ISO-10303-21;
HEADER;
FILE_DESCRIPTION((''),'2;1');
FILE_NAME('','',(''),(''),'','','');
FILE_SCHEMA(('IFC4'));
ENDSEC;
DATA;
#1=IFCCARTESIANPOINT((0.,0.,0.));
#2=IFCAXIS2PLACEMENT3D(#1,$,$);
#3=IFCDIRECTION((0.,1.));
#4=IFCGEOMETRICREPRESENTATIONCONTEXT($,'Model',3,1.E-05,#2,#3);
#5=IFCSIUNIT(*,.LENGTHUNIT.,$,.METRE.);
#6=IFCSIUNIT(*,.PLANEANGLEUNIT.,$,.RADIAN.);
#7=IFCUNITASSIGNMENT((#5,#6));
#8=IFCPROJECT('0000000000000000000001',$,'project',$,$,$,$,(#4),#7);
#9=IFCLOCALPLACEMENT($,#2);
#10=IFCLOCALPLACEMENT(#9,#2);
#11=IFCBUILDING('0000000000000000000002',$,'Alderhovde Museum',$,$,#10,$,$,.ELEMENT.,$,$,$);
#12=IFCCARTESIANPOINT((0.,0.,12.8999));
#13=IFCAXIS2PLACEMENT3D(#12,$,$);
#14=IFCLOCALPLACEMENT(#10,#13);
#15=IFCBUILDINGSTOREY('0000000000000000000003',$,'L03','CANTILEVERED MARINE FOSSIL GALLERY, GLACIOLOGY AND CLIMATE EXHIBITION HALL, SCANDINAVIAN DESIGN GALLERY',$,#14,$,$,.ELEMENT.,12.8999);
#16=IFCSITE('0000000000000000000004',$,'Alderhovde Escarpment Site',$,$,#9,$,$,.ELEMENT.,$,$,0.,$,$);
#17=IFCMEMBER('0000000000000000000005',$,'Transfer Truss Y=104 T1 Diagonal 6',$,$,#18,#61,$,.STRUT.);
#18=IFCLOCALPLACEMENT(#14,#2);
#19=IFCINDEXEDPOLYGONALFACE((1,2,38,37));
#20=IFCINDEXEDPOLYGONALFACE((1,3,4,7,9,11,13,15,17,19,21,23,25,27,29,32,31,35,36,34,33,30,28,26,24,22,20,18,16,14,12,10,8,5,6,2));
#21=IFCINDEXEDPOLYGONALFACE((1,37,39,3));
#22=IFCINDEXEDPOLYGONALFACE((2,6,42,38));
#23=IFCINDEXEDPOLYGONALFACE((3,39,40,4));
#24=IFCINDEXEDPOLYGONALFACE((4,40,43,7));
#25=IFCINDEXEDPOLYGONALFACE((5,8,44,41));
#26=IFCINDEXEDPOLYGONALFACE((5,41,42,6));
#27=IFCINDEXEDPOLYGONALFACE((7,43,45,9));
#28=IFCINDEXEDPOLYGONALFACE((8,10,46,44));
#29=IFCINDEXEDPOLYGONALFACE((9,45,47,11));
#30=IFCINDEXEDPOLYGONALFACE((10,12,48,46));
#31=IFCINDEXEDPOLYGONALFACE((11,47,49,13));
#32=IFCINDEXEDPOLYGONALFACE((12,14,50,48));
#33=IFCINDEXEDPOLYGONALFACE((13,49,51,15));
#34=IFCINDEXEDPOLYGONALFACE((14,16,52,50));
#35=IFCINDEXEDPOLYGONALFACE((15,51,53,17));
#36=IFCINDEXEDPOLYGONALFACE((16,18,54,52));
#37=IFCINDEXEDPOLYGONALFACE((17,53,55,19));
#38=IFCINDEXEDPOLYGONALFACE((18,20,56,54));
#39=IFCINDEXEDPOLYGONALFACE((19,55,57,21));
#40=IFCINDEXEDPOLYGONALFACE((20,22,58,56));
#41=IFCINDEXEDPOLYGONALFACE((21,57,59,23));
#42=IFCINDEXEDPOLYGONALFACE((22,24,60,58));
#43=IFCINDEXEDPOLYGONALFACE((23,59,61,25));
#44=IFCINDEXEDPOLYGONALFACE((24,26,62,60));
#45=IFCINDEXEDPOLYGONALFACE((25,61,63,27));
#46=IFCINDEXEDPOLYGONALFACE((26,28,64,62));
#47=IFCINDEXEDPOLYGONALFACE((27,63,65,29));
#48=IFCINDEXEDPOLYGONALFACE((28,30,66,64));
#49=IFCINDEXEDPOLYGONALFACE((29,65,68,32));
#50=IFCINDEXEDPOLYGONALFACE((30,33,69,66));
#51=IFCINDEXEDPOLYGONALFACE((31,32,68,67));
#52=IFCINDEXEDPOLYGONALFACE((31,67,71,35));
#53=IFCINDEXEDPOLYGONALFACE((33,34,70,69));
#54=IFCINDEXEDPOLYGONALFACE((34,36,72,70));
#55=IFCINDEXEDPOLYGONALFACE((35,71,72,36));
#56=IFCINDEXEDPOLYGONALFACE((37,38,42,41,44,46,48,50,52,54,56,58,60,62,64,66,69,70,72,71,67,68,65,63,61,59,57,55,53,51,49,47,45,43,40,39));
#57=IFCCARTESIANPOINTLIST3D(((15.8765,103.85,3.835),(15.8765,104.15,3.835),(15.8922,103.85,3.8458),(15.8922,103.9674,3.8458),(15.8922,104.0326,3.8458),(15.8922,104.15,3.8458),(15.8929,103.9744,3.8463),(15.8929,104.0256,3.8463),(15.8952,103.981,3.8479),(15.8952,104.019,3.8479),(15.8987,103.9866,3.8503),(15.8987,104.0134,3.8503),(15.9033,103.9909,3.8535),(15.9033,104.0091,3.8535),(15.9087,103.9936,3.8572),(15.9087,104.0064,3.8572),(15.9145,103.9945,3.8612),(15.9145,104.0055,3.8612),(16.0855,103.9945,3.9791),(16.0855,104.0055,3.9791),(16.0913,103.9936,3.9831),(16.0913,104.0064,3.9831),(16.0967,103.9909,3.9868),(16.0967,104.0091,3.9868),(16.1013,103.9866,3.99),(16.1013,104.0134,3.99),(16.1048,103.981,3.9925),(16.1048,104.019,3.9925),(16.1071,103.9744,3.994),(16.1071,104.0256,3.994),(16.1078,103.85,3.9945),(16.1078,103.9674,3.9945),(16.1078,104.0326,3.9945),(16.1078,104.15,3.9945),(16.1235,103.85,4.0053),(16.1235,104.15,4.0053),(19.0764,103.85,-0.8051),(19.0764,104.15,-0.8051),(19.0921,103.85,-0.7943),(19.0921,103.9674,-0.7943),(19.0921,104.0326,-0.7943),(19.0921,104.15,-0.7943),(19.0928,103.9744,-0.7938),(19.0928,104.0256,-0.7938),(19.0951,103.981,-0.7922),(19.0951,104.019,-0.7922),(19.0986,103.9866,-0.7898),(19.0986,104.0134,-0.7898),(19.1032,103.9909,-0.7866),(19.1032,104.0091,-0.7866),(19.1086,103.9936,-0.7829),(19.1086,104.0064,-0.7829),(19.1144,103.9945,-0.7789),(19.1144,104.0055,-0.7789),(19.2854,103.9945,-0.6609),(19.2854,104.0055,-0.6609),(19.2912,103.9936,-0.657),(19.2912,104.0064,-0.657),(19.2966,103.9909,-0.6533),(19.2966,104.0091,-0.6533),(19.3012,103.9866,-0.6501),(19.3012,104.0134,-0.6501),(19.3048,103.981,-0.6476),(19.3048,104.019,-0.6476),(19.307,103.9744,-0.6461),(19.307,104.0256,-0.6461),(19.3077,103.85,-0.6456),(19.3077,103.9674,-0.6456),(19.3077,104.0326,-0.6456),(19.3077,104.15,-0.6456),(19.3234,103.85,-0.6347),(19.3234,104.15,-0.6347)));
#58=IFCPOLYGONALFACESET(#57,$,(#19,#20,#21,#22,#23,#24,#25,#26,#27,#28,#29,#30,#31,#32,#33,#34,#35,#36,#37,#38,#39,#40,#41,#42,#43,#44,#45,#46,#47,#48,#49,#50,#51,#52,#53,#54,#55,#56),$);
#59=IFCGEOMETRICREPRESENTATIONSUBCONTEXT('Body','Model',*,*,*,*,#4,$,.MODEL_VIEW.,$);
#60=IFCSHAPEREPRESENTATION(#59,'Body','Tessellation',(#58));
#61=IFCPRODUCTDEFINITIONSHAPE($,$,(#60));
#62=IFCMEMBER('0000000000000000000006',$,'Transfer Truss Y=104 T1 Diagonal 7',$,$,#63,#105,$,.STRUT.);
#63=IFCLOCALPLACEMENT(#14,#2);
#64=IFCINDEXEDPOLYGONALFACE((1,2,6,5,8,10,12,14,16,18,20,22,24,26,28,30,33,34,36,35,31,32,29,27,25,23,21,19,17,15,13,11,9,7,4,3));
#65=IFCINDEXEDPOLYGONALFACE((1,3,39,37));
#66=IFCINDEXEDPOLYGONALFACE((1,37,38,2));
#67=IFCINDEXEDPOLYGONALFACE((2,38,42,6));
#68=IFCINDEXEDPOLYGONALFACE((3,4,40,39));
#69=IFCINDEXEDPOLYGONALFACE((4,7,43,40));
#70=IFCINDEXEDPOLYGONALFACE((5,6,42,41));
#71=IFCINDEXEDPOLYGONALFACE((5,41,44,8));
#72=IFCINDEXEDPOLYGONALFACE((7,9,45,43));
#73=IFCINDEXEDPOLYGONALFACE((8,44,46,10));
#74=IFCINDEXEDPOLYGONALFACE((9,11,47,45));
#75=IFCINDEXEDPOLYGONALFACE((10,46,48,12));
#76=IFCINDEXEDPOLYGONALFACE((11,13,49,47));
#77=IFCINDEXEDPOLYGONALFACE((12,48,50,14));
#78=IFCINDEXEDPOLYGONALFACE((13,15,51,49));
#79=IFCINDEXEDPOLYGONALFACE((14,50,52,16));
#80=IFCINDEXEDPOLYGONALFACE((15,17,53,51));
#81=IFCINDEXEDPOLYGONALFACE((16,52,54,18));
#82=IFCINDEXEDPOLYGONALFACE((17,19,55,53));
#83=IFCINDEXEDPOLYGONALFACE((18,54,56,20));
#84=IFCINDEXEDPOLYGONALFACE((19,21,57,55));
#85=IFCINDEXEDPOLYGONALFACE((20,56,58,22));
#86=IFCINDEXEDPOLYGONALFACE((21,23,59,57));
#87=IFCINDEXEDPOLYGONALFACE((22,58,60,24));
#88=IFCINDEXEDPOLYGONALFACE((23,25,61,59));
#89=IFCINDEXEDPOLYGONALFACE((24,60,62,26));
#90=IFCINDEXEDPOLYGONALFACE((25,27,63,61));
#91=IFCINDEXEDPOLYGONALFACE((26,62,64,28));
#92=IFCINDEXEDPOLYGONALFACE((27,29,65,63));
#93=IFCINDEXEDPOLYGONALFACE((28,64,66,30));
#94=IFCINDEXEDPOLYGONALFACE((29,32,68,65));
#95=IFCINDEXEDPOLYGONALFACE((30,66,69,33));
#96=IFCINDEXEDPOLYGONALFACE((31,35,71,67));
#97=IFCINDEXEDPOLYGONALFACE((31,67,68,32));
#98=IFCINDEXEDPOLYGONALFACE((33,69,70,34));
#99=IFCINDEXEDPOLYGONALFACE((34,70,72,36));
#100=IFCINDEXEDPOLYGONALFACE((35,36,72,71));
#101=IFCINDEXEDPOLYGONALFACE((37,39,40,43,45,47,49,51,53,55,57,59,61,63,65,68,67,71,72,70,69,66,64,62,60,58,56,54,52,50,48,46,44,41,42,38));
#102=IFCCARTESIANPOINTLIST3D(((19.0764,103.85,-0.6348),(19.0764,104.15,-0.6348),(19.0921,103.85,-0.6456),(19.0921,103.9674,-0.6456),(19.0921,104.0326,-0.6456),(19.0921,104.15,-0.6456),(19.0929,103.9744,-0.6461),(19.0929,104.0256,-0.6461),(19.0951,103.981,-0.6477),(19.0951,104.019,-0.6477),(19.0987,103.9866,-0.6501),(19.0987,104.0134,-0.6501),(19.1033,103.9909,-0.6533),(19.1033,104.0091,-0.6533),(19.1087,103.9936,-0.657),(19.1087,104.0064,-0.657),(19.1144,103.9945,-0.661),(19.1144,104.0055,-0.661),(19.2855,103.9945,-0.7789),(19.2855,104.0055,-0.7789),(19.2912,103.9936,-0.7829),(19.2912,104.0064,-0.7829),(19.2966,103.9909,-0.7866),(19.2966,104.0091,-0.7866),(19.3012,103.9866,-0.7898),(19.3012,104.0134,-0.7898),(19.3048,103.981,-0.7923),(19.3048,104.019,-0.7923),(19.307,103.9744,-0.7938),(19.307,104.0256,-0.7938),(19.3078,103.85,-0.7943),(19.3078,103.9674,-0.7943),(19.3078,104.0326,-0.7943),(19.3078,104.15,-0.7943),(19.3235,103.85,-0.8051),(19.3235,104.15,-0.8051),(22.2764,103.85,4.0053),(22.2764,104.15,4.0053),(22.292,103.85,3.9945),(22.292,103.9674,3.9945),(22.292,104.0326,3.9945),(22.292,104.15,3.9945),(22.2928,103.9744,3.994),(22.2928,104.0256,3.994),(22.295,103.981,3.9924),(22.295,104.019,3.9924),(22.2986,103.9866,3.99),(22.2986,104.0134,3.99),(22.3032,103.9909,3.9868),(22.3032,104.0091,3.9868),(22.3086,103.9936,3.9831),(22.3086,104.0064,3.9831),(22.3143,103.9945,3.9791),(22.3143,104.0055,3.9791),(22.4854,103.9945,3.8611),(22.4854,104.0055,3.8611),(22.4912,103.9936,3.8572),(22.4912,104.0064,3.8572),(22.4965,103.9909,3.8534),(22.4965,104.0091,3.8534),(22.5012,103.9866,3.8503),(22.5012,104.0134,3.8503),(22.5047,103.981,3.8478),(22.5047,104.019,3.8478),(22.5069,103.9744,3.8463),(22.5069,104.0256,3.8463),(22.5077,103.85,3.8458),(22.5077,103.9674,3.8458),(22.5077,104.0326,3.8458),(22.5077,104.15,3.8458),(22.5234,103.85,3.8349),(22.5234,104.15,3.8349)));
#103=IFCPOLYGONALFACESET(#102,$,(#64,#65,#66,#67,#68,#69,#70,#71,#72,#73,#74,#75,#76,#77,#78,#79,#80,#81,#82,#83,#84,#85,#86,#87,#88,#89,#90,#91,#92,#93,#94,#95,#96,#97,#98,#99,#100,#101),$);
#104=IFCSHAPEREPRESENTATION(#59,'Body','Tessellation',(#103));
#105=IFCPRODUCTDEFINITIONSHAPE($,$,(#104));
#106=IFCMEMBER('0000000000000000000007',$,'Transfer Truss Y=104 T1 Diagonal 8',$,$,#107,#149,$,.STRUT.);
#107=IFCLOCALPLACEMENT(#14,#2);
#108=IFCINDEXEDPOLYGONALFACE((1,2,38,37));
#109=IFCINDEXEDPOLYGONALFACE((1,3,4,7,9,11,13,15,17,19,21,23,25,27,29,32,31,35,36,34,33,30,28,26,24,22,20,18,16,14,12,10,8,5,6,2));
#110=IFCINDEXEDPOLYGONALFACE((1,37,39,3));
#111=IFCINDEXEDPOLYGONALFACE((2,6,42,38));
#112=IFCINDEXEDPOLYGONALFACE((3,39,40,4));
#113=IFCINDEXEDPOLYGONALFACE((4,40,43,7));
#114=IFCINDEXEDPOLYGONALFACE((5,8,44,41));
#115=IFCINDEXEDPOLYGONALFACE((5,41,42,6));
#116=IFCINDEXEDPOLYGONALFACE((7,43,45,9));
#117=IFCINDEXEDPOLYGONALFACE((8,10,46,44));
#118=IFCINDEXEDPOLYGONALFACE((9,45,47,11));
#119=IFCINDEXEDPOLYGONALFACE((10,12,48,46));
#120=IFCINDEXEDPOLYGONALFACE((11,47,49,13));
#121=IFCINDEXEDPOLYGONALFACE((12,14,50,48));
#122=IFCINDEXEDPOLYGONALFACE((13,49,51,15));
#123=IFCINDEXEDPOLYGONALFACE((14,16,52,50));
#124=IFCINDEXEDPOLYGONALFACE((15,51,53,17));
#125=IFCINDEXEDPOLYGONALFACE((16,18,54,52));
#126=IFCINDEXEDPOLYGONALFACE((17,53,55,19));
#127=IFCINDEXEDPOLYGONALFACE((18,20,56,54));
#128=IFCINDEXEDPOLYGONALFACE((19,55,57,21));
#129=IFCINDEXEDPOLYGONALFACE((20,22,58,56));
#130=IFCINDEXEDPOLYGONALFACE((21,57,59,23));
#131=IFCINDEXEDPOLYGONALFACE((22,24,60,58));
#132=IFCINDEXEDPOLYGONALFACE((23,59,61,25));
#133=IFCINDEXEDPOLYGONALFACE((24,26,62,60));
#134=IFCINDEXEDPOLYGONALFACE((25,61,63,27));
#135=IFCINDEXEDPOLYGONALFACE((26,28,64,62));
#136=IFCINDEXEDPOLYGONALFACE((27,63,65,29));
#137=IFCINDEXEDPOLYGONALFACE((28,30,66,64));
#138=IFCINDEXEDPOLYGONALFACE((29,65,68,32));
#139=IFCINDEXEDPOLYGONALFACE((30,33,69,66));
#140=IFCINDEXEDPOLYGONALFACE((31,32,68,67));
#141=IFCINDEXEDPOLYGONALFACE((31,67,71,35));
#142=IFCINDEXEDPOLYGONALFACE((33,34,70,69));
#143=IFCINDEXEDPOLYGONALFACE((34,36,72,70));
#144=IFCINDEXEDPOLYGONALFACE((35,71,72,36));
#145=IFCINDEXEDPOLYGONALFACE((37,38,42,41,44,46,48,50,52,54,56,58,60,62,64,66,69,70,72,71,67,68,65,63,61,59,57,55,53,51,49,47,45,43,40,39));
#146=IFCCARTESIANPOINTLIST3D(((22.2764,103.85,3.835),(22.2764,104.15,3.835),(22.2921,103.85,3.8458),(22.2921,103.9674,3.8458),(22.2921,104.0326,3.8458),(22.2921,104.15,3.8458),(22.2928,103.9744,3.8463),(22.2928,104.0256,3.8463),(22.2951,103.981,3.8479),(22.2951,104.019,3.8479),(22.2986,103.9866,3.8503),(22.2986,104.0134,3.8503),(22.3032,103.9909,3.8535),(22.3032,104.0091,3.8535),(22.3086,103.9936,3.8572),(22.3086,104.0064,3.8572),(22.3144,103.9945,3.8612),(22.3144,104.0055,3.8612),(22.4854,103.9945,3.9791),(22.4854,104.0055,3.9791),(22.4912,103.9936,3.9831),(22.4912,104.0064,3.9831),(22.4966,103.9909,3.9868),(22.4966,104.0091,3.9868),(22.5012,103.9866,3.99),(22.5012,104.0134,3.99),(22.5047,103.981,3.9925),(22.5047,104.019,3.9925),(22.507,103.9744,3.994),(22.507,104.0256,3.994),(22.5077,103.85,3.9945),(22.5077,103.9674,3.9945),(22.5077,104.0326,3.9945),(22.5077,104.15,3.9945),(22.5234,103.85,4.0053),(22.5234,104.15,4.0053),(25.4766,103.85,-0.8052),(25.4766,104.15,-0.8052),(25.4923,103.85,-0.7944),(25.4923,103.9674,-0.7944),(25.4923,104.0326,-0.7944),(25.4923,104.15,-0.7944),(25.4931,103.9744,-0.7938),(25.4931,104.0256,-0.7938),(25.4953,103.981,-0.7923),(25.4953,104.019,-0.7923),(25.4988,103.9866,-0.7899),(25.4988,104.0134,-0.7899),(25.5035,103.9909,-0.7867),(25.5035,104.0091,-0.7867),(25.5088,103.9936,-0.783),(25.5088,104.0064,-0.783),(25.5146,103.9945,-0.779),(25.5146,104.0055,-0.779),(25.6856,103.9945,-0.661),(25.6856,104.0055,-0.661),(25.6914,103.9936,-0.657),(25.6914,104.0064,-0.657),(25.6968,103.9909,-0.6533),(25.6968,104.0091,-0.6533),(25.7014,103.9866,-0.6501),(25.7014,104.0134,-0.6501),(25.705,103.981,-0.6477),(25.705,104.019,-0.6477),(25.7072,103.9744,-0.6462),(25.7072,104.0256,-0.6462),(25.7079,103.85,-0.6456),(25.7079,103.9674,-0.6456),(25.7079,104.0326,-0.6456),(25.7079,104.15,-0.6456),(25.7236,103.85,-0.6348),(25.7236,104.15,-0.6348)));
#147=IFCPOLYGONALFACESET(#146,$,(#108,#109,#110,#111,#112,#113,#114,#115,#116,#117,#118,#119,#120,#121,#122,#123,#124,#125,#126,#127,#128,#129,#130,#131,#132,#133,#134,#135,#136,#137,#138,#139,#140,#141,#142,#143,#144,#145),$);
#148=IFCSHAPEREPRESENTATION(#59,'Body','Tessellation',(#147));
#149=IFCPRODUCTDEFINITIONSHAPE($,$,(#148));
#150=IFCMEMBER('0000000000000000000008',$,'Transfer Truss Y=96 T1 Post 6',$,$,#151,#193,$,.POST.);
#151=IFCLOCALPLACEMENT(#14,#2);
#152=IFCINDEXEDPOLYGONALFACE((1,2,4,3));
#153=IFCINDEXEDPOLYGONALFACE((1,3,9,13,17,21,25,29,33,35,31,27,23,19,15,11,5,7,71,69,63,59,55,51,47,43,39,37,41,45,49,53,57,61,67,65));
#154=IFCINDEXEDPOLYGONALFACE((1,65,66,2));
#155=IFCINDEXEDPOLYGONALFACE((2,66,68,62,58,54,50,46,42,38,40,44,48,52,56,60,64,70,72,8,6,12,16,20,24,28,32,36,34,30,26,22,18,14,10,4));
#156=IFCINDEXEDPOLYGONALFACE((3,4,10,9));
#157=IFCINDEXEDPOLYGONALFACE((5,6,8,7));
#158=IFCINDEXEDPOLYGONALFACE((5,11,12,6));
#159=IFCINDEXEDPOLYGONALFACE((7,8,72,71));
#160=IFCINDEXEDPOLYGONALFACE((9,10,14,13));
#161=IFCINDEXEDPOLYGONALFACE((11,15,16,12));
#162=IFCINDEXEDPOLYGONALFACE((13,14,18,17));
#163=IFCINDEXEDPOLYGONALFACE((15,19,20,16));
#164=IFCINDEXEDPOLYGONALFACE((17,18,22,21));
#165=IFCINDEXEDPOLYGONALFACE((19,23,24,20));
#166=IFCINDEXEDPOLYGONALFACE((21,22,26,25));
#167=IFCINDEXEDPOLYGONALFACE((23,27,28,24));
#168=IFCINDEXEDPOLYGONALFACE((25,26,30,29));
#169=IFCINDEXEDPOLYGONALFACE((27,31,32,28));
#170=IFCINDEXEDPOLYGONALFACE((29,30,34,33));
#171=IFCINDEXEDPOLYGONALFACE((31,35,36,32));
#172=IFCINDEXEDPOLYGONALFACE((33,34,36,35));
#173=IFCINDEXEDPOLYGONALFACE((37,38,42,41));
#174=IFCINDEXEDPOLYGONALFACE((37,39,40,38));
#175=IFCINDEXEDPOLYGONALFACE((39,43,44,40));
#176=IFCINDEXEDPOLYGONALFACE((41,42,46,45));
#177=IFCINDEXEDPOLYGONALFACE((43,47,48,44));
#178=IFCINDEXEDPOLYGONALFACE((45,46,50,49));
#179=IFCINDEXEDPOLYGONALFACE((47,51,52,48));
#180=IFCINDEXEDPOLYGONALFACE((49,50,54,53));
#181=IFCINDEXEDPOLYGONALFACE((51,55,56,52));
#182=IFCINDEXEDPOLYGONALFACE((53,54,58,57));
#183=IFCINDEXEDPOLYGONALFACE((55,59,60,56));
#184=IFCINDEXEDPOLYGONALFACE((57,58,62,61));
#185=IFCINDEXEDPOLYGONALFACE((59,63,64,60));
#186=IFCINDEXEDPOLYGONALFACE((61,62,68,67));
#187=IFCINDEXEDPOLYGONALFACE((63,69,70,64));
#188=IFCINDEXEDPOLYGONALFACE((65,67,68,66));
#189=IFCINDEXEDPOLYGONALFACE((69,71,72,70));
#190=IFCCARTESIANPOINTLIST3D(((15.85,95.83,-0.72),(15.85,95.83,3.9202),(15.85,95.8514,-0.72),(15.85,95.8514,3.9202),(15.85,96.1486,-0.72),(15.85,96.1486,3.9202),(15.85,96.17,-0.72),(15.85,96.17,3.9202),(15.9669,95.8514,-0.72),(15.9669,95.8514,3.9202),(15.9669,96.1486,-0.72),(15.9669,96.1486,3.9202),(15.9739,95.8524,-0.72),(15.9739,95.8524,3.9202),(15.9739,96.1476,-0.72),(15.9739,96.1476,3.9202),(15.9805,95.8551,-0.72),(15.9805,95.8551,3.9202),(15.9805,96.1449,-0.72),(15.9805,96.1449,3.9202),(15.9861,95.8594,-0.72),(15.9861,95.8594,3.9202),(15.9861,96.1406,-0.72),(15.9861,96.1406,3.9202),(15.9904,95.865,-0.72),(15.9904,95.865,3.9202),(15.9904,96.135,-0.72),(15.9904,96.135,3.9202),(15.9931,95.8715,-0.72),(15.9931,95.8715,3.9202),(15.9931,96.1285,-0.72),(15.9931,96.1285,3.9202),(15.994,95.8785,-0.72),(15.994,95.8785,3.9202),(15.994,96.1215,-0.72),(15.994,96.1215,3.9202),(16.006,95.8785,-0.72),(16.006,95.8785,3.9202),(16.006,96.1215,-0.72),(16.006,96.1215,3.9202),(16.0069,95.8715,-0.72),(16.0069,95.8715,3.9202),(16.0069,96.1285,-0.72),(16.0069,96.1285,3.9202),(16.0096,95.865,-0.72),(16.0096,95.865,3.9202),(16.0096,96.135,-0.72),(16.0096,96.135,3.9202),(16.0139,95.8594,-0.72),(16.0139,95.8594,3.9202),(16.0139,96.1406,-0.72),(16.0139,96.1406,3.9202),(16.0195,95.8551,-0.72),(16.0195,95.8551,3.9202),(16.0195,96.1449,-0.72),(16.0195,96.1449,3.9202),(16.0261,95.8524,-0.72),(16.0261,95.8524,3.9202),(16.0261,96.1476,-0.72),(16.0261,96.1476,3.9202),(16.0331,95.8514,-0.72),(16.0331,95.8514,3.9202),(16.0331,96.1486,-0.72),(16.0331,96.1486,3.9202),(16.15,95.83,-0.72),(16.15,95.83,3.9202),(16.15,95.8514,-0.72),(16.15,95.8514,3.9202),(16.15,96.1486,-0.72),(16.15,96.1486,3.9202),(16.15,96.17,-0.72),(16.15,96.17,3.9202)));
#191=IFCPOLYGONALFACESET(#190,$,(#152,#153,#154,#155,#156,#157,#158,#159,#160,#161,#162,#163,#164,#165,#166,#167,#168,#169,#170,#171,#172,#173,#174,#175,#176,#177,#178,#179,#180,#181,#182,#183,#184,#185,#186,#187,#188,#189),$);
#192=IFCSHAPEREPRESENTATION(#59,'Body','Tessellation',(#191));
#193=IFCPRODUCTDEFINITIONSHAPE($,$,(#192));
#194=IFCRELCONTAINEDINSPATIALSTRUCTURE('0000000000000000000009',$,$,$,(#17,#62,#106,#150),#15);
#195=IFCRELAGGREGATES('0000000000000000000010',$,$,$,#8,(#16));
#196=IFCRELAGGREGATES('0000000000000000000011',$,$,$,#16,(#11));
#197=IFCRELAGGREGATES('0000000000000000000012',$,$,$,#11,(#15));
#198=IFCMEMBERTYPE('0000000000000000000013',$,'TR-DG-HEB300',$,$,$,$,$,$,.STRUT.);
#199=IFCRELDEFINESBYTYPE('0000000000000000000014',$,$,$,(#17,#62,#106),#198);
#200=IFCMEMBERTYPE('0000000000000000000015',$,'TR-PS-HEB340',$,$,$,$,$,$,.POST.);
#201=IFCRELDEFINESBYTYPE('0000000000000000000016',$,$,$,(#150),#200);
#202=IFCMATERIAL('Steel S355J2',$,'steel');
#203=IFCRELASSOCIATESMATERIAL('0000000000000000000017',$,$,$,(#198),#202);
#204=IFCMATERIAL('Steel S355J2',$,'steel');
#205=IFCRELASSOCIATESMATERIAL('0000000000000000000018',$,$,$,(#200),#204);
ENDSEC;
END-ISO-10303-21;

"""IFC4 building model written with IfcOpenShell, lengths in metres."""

from ifc_helpers import new_model, si_unit, direction, frame, origin, origin_2d, place, context, subcontext, project, spatial, i_section, extrude, material, material_profile, profile_set, type_object, element, save


model = new_model("IFC4")

# Units and contexts
model_context = context("Model", 3, precision=1e-05, world=origin(), true_north=direction((0.0, 1.0)))
body_context = subcontext(model_context, "Body", "Model", "MODEL_VIEW")
ifc_project = project(units=[si_unit("LENGTHUNIT", "METRE"), si_unit("PLANEANGLEUNIT", "RADIAN")], contexts=[model_context])

# Site, building, storey
site_placement = place(None, origin())
site = spatial("IfcSite", under=ifc_project, at=site_placement, Name="Alderhovde Escarpment Site", CompositionType="ELEMENT", RefElevation=0.0)
building_placement = place(site_placement, origin())
building = spatial("IfcBuilding", under=site, at=building_placement, Name="Alderhovde Museum", CompositionType="ELEMENT")
storey_placement = place(building_placement, frame((0.0, 0.0, 12.8999)))
storey = spatial("IfcBuildingStorey", under=building, at=storey_placement, Name="L03", Description="CANTILEVERED MARINE FOSSIL GALLERY, GLACIOLOGY AND CLIMATE EXHIBITION HALL, SCANDINAVIAN DESIGN GALLERY", CompositionType="ELEMENT", Elevation=12.8999)

# Members
ifc_material_1 = material(Name="Steel S355J2", Category="steel")
ifc_material_profile_1 = material_profile(ifc_material_1, i_section(OverallWidth=0.3, OverallDepth=0.3, WebThickness=0.011, FlangeThickness=0.019, FilletRadius=0.0271, at=origin_2d()), Name="HEB 300")
ifc_profile_set_1 = profile_set([ifc_material_profile_1], Name="Steel S355J2")
member_type_1 = type_object("IfcMemberType", Name="TR-DG-HEB300", PredefinedType="STRUT", material=ifc_profile_set_1)
for number, where, z_axis, x_axis, name in (
    (1, (16.0, 104.0, 3.9202), (0.567716, 0.0, -0.823225), (0.0, 1.0, 0.0), "Transfer Truss Y=104 T1 Diagonal 6"),
    (2, (19.2, 104.0, -0.72), (0.567716, 0.0, 0.823225), (0.0, 1.0, 0.0), "Transfer Truss Y=104 T1 Diagonal 7"),
):
    element("IfcMember", number, at=place(storey_placement, frame(where, z_axis=z_axis, x_axis=x_axis)), inside=storey, type_object=member_type_1, Name=name, PredefinedType="STRUT", context=body_context, shape_type="SweptSolid", body=[
        extrude(i_section(OverallWidth=0.3, OverallDepth=0.3, WebThickness=0.011, FlangeThickness=0.019, FilletRadius=0.0271, at=origin_2d()), origin(), (0.0, 0.0, 1.0), 5.6365),
    ])
member_1_placement = place(storey_placement, frame((22.3999, 104.0, 3.9202), z_axis=(0.567745, 0.0, -0.823204), x_axis=(0.0, 1.0, 0.0)))
element("IfcMember", 3, at=member_1_placement, inside=storey, type_object=member_type_1, Name="Transfer Truss Y=104 T1 Diagonal 8", PredefinedType="STRUT", context=body_context, shape_type="SweptSolid", body=[
    extrude(i_section(OverallWidth=0.3, OverallDepth=0.3, WebThickness=0.011, FlangeThickness=0.019, FilletRadius=0.0271, at=origin_2d()), origin(), (0.0, 0.0, 1.0), 5.6367),
])
ifc_material_2 = material(Name="Steel S355J2", Category="steel")
ifc_material_profile_2 = material_profile(ifc_material_2, i_section(OverallWidth=0.3, OverallDepth=0.3401, WebThickness=0.012, FlangeThickness=0.0215, FilletRadius=0.0271, at=origin_2d()), Name="HEB 340")
ifc_profile_set_2 = profile_set([ifc_material_profile_2], Name="Steel S355J2")
member_type_2 = type_object("IfcMemberType", Name="TR-PS-HEB340", PredefinedType="POST", material=ifc_profile_set_2)
for number, where, z_axis, x_axis, name in (
    (4, (16.0, 96.0, -0.72), (0.0, 0.0, 1.0), (1.0, 0.0, 0.0), "Transfer Truss Y=96 T1 Post 6"),
):
    element("IfcMember", number, at=place(storey_placement, frame(where, z_axis=z_axis, x_axis=x_axis)), inside=storey, type_object=member_type_2, Name=name, PredefinedType="POST", context=body_context, shape_type="SweptSolid", body=[
        extrude(i_section(OverallWidth=0.3, OverallDepth=0.3401, WebThickness=0.012, FlangeThickness=0.0215, FilletRadius=0.0271, at=origin_2d()), origin(), (0.0, 0.0, 1.0), 4.6401),
    ])

save(model, "model.ifc")
